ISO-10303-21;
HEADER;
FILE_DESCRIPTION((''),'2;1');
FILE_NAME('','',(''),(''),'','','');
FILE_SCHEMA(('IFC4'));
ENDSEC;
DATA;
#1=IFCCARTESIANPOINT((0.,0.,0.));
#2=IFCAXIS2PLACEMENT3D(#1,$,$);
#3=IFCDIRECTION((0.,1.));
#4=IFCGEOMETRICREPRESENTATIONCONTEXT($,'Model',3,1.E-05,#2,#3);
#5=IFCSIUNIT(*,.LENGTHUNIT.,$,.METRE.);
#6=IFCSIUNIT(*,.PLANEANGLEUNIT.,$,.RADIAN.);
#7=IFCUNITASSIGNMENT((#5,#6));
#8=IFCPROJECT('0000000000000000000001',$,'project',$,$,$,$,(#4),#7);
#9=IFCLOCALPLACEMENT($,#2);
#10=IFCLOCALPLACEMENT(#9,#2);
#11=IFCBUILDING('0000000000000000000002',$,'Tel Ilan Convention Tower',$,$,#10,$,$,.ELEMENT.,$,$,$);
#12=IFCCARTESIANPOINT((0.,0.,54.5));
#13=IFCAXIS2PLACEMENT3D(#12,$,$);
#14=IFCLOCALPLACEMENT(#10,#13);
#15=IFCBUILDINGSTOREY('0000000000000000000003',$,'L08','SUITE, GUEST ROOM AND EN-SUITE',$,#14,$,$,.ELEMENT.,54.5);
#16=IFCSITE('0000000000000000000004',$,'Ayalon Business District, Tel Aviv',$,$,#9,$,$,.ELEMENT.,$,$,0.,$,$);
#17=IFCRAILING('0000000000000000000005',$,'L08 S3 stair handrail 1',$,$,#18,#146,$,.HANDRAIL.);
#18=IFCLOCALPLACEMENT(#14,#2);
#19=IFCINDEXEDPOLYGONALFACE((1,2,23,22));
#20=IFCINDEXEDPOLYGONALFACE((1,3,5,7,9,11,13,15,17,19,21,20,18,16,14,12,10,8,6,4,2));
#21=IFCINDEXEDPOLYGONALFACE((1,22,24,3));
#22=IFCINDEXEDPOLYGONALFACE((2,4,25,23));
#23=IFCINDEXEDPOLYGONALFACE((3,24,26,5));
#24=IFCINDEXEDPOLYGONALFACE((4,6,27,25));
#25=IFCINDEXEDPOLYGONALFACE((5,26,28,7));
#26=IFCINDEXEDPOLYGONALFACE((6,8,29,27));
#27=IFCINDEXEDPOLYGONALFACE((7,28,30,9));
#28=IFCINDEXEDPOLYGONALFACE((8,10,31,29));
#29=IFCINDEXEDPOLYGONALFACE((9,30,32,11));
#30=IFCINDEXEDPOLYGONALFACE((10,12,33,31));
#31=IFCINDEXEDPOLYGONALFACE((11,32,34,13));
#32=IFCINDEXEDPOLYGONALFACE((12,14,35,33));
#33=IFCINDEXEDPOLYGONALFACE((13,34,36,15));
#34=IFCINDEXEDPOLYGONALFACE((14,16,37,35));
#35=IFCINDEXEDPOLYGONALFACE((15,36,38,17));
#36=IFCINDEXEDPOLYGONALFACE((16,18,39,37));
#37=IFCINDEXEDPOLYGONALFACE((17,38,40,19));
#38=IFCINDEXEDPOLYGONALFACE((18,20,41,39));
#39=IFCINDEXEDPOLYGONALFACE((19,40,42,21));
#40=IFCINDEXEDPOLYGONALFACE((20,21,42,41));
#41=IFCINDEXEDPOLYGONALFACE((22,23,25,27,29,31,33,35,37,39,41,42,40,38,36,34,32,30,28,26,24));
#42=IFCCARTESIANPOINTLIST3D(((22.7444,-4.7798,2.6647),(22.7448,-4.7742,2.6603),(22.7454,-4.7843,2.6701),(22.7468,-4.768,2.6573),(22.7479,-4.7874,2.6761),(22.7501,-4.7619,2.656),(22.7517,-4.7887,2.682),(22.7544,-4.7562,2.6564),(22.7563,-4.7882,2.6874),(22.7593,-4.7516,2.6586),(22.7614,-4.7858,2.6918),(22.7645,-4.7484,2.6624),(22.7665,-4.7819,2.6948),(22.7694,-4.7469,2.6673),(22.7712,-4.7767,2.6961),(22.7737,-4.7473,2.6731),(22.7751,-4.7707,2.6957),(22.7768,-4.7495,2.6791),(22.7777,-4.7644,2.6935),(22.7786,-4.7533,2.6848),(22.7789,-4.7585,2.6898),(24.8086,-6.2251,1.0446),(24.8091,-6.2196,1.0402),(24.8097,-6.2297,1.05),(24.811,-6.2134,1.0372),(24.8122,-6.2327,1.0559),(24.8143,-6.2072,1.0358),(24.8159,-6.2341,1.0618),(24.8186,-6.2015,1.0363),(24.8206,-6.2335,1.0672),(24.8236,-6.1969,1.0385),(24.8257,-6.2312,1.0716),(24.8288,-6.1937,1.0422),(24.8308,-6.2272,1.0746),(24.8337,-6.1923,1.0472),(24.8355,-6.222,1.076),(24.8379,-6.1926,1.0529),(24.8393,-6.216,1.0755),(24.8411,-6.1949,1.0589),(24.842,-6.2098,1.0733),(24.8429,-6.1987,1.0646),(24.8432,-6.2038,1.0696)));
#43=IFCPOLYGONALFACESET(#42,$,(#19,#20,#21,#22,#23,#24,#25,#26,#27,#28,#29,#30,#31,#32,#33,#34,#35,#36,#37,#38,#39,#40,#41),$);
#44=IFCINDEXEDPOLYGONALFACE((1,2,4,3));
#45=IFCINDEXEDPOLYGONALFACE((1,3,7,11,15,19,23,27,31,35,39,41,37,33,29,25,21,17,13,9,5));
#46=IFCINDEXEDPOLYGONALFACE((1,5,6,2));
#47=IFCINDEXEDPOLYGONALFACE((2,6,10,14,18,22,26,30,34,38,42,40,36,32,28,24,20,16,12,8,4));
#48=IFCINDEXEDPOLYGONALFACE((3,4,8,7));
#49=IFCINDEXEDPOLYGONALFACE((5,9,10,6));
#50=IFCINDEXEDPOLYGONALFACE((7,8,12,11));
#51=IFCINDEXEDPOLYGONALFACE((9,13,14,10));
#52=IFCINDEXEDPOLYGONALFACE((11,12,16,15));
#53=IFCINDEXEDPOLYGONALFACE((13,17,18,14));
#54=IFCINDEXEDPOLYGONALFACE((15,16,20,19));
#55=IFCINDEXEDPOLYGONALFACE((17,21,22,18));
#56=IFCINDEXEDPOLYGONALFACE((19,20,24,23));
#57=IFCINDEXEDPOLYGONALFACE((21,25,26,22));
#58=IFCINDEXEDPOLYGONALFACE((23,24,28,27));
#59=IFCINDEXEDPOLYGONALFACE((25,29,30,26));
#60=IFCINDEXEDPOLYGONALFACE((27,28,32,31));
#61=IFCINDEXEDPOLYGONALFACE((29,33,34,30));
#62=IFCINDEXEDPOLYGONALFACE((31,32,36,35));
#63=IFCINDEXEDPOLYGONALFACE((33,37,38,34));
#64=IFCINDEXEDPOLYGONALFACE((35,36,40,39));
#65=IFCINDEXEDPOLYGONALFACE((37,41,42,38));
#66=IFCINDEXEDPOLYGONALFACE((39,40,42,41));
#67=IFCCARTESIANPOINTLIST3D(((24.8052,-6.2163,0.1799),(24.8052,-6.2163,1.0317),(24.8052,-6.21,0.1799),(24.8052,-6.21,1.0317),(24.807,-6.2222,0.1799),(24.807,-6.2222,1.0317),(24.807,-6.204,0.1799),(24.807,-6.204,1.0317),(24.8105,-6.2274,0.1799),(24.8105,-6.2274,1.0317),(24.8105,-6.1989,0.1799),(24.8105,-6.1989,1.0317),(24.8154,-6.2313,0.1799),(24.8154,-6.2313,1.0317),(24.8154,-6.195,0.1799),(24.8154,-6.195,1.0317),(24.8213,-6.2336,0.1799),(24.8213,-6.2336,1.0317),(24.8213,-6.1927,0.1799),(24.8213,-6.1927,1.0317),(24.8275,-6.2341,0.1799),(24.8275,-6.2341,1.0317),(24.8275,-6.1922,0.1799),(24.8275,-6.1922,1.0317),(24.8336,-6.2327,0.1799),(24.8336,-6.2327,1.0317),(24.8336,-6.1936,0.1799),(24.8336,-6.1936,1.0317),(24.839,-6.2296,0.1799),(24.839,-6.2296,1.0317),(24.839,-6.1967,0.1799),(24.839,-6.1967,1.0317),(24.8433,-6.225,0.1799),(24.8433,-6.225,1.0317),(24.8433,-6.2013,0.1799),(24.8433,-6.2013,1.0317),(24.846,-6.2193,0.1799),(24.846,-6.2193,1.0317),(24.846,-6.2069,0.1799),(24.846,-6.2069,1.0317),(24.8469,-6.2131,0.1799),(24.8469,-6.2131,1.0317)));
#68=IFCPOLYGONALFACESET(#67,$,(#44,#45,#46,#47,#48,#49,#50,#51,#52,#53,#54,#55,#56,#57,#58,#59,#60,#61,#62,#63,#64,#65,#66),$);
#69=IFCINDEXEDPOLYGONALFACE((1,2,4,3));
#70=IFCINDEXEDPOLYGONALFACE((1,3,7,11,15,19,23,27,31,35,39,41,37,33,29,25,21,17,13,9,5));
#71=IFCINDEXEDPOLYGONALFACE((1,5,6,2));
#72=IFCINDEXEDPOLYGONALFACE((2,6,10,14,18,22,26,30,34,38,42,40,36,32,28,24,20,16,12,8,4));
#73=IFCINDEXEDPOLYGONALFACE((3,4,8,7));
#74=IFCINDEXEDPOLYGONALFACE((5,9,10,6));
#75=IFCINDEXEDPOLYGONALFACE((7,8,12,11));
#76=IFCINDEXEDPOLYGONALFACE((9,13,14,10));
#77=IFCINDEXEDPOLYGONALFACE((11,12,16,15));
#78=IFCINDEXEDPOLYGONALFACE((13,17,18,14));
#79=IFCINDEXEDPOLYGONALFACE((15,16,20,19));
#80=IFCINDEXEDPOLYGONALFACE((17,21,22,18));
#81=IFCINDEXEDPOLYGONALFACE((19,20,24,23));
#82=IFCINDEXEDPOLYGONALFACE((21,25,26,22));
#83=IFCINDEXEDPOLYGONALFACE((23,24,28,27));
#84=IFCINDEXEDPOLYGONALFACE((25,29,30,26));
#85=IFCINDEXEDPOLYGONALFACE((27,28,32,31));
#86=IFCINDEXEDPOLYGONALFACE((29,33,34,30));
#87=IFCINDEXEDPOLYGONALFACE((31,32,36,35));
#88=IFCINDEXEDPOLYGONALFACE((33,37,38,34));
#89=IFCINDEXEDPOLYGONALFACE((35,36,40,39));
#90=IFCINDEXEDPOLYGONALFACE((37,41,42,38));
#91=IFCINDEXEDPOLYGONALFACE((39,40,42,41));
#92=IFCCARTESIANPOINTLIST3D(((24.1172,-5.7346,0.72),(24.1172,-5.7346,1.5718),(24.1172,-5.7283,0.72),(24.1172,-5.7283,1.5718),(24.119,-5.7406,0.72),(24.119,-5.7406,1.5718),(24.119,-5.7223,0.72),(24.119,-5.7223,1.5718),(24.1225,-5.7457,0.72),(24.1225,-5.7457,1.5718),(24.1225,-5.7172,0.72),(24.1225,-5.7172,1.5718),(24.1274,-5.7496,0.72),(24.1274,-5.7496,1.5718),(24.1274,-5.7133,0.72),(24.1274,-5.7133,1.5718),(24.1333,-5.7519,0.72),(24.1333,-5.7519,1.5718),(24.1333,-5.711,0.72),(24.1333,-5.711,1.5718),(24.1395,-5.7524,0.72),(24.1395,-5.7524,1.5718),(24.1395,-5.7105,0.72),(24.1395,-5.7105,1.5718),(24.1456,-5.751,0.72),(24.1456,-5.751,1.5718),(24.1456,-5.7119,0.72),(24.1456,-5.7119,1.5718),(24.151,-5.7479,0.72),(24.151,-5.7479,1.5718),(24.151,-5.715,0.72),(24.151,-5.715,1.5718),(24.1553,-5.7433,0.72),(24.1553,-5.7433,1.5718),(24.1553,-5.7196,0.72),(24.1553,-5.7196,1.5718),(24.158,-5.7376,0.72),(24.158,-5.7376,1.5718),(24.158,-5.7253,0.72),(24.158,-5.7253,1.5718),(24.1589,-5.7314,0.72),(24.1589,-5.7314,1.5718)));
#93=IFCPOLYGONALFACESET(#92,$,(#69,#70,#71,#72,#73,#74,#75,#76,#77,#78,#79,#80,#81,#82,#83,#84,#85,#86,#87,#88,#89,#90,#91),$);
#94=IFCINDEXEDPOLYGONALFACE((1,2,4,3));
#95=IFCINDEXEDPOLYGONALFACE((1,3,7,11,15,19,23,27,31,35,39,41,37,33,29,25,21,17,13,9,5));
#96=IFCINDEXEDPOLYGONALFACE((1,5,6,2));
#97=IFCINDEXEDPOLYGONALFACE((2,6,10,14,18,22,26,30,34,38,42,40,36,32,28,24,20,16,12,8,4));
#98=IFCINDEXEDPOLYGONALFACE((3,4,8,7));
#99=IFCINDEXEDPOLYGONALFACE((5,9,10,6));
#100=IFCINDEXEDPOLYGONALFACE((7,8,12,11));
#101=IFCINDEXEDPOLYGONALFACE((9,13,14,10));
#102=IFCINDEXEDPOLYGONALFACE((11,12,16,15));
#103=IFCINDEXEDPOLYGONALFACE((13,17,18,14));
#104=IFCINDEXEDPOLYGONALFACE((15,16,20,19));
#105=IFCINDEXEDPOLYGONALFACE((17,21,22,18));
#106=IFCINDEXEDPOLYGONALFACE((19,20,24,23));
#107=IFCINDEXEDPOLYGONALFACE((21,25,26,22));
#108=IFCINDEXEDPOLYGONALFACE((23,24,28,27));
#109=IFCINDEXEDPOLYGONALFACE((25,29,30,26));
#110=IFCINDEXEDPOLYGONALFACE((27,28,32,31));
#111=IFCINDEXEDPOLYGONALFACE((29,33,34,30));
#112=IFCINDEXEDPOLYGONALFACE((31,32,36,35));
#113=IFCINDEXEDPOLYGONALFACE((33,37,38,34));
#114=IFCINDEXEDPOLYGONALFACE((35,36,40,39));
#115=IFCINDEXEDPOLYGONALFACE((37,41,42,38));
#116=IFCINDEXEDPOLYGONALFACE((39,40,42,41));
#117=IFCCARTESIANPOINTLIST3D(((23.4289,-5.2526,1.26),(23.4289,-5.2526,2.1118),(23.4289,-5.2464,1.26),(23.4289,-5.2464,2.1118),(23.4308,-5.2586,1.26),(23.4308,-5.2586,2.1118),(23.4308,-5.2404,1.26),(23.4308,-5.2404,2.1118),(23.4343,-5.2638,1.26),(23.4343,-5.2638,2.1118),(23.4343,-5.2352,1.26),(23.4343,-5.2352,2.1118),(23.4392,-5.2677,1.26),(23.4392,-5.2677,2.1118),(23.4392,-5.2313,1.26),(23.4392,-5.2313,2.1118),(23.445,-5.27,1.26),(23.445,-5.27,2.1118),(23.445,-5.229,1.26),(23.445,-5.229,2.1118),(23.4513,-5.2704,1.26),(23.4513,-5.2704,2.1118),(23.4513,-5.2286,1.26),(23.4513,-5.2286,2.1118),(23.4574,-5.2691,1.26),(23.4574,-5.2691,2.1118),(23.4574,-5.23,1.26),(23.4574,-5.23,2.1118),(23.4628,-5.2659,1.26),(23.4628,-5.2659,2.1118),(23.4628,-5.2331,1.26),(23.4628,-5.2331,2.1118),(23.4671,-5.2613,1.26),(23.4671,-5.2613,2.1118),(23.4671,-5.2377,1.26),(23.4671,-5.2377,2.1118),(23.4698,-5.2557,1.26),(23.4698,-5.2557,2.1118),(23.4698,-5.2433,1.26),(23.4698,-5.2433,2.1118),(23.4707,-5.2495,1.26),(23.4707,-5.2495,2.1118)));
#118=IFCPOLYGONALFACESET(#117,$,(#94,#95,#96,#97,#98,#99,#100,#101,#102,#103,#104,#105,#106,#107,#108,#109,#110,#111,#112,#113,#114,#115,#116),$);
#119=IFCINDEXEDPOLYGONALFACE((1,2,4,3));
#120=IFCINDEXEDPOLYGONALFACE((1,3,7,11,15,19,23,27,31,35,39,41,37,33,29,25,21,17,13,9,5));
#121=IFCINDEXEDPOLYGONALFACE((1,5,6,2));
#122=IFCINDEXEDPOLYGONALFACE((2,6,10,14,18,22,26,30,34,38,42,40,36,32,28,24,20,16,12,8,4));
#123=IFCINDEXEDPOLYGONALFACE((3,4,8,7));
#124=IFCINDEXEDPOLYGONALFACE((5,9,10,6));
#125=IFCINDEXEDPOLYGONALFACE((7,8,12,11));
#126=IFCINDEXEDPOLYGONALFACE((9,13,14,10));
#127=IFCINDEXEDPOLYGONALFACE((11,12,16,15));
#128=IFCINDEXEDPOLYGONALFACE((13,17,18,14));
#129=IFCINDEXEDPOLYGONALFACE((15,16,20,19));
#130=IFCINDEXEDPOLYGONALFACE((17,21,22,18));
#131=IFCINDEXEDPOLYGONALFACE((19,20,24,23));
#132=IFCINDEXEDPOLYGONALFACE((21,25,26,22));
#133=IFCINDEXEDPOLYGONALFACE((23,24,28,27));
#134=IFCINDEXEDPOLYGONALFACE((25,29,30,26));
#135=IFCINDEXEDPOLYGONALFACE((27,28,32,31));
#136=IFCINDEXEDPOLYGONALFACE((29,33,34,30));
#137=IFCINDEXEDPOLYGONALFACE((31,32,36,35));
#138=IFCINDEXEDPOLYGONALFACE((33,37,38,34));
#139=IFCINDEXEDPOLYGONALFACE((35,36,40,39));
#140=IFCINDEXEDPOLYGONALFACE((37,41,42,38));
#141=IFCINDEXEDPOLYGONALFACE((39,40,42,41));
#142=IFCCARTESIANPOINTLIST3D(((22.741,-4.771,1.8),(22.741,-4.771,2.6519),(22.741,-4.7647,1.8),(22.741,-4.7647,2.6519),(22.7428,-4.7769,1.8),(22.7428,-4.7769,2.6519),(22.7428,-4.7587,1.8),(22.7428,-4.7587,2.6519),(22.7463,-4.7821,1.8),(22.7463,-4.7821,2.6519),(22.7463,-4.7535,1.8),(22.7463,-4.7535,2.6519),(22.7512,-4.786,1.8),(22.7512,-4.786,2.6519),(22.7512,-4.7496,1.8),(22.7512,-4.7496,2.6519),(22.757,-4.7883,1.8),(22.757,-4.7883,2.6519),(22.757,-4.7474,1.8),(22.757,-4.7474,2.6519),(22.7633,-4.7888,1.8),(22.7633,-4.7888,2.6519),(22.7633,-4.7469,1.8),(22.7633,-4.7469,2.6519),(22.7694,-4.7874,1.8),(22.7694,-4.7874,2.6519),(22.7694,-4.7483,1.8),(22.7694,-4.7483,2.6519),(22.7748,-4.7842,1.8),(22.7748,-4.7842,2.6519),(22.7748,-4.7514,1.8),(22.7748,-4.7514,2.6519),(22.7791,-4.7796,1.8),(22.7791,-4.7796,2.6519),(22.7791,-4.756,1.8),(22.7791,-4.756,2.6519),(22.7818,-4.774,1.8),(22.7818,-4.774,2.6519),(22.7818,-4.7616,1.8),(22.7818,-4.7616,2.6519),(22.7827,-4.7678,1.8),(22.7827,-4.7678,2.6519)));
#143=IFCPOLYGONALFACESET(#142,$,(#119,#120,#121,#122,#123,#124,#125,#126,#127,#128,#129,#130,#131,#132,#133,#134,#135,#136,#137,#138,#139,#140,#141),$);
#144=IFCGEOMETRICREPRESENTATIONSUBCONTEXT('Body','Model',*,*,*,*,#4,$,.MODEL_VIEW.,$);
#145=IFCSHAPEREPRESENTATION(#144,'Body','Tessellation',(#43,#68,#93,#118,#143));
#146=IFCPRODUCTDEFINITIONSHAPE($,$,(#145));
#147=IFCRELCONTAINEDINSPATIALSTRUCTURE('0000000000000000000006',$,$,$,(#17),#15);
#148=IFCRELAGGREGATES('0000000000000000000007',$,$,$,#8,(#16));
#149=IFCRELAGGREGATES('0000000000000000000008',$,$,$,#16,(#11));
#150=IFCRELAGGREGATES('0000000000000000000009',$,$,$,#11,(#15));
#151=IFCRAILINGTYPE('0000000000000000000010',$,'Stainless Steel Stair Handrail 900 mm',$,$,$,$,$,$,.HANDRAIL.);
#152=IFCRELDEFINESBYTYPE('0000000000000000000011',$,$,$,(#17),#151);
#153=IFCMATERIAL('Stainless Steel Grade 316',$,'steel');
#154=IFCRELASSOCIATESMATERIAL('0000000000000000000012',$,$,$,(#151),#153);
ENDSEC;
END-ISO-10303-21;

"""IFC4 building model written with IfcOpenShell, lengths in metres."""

from ifc_helpers import new_model, si_unit, direction, frame, origin, origin_2d, place, context, subcontext, project, spatial, circle, extrude, material, type_object, element, save


model = new_model("IFC4")

# Units and contexts
model_context = context("Model", 3, precision=1e-05, world=origin(), true_north=direction((0.0, 1.0)))
body_context = subcontext(model_context, "Body", "Model", "MODEL_VIEW")
ifc_project = project(units=[si_unit("LENGTHUNIT", "METRE"), si_unit("PLANEANGLEUNIT", "RADIAN")], contexts=[model_context])

# Site, building, storey
site_placement = place(None, origin())
site = spatial("IfcSite", under=ifc_project, at=site_placement, Name="Ayalon Business District, Tel Aviv", CompositionType="ELEMENT", RefElevation=0.0)
building_placement = place(site_placement, origin())
building = spatial("IfcBuilding", under=site, at=building_placement, Name="Tel Ilan Convention Tower", CompositionType="ELEMENT")
storey_placement = place(building_placement, frame((0.0, 0.0, 54.5)))
storey = spatial("IfcBuildingStorey", under=building, at=storey_placement, Name="L08", Description="SUITE, GUEST ROOM AND EN-SUITE", CompositionType="ELEMENT", Elevation=54.5)

# Railing
ifc_material_1 = material(Name="Stainless Steel Grade 316", Category="steel")
railing_type_1 = type_object("IfcRailingType", Name="Stainless Steel Stair Handrail 900 mm", PredefinedType="HANDRAIL", material=ifc_material_1)
railing_1_placement = place(storey_placement, frame((24.8259, -6.2131, 0.1799)))
element("IfcRailing", 1, at=railing_1_placement, inside=storey, type_object=railing_type_1, Name="L08 S3 stair handrail 1", PredefinedType="HANDRAIL", context=body_context, shape_type="SweptSolid", body=[
    extrude(circle(Radius=0.0239, at=origin_2d()), frame((0.0, 0.0, 0.876), z_axis=(-0.68904, 0.48245, 0.540801), x_axis=(-0.57356, -0.819164, 0.0)), (0.0, 0.0, 1.0), 2.9958),
    extrude(circle(Radius=0.021, at=origin_2d()), origin(), (0.0, 0.0, 1.0), 0.8518),
    extrude(circle(Radius=0.021, at=origin_2d()), frame((-0.688, 0.4817, 0.54)), (0.0, 0.0, 1.0), 0.8518),
    extrude(circle(Radius=0.021, at=origin_2d()), frame((-1.3762, 0.9636, 1.0801)), (0.0, 0.0, 1.0), 0.8518),
    extrude(circle(Radius=0.021, at=origin_2d()), frame((-2.0642, 1.4453, 1.6201)), (0.0, 0.0, 1.0), 0.8518),
])

save(model, "model.ifc")
